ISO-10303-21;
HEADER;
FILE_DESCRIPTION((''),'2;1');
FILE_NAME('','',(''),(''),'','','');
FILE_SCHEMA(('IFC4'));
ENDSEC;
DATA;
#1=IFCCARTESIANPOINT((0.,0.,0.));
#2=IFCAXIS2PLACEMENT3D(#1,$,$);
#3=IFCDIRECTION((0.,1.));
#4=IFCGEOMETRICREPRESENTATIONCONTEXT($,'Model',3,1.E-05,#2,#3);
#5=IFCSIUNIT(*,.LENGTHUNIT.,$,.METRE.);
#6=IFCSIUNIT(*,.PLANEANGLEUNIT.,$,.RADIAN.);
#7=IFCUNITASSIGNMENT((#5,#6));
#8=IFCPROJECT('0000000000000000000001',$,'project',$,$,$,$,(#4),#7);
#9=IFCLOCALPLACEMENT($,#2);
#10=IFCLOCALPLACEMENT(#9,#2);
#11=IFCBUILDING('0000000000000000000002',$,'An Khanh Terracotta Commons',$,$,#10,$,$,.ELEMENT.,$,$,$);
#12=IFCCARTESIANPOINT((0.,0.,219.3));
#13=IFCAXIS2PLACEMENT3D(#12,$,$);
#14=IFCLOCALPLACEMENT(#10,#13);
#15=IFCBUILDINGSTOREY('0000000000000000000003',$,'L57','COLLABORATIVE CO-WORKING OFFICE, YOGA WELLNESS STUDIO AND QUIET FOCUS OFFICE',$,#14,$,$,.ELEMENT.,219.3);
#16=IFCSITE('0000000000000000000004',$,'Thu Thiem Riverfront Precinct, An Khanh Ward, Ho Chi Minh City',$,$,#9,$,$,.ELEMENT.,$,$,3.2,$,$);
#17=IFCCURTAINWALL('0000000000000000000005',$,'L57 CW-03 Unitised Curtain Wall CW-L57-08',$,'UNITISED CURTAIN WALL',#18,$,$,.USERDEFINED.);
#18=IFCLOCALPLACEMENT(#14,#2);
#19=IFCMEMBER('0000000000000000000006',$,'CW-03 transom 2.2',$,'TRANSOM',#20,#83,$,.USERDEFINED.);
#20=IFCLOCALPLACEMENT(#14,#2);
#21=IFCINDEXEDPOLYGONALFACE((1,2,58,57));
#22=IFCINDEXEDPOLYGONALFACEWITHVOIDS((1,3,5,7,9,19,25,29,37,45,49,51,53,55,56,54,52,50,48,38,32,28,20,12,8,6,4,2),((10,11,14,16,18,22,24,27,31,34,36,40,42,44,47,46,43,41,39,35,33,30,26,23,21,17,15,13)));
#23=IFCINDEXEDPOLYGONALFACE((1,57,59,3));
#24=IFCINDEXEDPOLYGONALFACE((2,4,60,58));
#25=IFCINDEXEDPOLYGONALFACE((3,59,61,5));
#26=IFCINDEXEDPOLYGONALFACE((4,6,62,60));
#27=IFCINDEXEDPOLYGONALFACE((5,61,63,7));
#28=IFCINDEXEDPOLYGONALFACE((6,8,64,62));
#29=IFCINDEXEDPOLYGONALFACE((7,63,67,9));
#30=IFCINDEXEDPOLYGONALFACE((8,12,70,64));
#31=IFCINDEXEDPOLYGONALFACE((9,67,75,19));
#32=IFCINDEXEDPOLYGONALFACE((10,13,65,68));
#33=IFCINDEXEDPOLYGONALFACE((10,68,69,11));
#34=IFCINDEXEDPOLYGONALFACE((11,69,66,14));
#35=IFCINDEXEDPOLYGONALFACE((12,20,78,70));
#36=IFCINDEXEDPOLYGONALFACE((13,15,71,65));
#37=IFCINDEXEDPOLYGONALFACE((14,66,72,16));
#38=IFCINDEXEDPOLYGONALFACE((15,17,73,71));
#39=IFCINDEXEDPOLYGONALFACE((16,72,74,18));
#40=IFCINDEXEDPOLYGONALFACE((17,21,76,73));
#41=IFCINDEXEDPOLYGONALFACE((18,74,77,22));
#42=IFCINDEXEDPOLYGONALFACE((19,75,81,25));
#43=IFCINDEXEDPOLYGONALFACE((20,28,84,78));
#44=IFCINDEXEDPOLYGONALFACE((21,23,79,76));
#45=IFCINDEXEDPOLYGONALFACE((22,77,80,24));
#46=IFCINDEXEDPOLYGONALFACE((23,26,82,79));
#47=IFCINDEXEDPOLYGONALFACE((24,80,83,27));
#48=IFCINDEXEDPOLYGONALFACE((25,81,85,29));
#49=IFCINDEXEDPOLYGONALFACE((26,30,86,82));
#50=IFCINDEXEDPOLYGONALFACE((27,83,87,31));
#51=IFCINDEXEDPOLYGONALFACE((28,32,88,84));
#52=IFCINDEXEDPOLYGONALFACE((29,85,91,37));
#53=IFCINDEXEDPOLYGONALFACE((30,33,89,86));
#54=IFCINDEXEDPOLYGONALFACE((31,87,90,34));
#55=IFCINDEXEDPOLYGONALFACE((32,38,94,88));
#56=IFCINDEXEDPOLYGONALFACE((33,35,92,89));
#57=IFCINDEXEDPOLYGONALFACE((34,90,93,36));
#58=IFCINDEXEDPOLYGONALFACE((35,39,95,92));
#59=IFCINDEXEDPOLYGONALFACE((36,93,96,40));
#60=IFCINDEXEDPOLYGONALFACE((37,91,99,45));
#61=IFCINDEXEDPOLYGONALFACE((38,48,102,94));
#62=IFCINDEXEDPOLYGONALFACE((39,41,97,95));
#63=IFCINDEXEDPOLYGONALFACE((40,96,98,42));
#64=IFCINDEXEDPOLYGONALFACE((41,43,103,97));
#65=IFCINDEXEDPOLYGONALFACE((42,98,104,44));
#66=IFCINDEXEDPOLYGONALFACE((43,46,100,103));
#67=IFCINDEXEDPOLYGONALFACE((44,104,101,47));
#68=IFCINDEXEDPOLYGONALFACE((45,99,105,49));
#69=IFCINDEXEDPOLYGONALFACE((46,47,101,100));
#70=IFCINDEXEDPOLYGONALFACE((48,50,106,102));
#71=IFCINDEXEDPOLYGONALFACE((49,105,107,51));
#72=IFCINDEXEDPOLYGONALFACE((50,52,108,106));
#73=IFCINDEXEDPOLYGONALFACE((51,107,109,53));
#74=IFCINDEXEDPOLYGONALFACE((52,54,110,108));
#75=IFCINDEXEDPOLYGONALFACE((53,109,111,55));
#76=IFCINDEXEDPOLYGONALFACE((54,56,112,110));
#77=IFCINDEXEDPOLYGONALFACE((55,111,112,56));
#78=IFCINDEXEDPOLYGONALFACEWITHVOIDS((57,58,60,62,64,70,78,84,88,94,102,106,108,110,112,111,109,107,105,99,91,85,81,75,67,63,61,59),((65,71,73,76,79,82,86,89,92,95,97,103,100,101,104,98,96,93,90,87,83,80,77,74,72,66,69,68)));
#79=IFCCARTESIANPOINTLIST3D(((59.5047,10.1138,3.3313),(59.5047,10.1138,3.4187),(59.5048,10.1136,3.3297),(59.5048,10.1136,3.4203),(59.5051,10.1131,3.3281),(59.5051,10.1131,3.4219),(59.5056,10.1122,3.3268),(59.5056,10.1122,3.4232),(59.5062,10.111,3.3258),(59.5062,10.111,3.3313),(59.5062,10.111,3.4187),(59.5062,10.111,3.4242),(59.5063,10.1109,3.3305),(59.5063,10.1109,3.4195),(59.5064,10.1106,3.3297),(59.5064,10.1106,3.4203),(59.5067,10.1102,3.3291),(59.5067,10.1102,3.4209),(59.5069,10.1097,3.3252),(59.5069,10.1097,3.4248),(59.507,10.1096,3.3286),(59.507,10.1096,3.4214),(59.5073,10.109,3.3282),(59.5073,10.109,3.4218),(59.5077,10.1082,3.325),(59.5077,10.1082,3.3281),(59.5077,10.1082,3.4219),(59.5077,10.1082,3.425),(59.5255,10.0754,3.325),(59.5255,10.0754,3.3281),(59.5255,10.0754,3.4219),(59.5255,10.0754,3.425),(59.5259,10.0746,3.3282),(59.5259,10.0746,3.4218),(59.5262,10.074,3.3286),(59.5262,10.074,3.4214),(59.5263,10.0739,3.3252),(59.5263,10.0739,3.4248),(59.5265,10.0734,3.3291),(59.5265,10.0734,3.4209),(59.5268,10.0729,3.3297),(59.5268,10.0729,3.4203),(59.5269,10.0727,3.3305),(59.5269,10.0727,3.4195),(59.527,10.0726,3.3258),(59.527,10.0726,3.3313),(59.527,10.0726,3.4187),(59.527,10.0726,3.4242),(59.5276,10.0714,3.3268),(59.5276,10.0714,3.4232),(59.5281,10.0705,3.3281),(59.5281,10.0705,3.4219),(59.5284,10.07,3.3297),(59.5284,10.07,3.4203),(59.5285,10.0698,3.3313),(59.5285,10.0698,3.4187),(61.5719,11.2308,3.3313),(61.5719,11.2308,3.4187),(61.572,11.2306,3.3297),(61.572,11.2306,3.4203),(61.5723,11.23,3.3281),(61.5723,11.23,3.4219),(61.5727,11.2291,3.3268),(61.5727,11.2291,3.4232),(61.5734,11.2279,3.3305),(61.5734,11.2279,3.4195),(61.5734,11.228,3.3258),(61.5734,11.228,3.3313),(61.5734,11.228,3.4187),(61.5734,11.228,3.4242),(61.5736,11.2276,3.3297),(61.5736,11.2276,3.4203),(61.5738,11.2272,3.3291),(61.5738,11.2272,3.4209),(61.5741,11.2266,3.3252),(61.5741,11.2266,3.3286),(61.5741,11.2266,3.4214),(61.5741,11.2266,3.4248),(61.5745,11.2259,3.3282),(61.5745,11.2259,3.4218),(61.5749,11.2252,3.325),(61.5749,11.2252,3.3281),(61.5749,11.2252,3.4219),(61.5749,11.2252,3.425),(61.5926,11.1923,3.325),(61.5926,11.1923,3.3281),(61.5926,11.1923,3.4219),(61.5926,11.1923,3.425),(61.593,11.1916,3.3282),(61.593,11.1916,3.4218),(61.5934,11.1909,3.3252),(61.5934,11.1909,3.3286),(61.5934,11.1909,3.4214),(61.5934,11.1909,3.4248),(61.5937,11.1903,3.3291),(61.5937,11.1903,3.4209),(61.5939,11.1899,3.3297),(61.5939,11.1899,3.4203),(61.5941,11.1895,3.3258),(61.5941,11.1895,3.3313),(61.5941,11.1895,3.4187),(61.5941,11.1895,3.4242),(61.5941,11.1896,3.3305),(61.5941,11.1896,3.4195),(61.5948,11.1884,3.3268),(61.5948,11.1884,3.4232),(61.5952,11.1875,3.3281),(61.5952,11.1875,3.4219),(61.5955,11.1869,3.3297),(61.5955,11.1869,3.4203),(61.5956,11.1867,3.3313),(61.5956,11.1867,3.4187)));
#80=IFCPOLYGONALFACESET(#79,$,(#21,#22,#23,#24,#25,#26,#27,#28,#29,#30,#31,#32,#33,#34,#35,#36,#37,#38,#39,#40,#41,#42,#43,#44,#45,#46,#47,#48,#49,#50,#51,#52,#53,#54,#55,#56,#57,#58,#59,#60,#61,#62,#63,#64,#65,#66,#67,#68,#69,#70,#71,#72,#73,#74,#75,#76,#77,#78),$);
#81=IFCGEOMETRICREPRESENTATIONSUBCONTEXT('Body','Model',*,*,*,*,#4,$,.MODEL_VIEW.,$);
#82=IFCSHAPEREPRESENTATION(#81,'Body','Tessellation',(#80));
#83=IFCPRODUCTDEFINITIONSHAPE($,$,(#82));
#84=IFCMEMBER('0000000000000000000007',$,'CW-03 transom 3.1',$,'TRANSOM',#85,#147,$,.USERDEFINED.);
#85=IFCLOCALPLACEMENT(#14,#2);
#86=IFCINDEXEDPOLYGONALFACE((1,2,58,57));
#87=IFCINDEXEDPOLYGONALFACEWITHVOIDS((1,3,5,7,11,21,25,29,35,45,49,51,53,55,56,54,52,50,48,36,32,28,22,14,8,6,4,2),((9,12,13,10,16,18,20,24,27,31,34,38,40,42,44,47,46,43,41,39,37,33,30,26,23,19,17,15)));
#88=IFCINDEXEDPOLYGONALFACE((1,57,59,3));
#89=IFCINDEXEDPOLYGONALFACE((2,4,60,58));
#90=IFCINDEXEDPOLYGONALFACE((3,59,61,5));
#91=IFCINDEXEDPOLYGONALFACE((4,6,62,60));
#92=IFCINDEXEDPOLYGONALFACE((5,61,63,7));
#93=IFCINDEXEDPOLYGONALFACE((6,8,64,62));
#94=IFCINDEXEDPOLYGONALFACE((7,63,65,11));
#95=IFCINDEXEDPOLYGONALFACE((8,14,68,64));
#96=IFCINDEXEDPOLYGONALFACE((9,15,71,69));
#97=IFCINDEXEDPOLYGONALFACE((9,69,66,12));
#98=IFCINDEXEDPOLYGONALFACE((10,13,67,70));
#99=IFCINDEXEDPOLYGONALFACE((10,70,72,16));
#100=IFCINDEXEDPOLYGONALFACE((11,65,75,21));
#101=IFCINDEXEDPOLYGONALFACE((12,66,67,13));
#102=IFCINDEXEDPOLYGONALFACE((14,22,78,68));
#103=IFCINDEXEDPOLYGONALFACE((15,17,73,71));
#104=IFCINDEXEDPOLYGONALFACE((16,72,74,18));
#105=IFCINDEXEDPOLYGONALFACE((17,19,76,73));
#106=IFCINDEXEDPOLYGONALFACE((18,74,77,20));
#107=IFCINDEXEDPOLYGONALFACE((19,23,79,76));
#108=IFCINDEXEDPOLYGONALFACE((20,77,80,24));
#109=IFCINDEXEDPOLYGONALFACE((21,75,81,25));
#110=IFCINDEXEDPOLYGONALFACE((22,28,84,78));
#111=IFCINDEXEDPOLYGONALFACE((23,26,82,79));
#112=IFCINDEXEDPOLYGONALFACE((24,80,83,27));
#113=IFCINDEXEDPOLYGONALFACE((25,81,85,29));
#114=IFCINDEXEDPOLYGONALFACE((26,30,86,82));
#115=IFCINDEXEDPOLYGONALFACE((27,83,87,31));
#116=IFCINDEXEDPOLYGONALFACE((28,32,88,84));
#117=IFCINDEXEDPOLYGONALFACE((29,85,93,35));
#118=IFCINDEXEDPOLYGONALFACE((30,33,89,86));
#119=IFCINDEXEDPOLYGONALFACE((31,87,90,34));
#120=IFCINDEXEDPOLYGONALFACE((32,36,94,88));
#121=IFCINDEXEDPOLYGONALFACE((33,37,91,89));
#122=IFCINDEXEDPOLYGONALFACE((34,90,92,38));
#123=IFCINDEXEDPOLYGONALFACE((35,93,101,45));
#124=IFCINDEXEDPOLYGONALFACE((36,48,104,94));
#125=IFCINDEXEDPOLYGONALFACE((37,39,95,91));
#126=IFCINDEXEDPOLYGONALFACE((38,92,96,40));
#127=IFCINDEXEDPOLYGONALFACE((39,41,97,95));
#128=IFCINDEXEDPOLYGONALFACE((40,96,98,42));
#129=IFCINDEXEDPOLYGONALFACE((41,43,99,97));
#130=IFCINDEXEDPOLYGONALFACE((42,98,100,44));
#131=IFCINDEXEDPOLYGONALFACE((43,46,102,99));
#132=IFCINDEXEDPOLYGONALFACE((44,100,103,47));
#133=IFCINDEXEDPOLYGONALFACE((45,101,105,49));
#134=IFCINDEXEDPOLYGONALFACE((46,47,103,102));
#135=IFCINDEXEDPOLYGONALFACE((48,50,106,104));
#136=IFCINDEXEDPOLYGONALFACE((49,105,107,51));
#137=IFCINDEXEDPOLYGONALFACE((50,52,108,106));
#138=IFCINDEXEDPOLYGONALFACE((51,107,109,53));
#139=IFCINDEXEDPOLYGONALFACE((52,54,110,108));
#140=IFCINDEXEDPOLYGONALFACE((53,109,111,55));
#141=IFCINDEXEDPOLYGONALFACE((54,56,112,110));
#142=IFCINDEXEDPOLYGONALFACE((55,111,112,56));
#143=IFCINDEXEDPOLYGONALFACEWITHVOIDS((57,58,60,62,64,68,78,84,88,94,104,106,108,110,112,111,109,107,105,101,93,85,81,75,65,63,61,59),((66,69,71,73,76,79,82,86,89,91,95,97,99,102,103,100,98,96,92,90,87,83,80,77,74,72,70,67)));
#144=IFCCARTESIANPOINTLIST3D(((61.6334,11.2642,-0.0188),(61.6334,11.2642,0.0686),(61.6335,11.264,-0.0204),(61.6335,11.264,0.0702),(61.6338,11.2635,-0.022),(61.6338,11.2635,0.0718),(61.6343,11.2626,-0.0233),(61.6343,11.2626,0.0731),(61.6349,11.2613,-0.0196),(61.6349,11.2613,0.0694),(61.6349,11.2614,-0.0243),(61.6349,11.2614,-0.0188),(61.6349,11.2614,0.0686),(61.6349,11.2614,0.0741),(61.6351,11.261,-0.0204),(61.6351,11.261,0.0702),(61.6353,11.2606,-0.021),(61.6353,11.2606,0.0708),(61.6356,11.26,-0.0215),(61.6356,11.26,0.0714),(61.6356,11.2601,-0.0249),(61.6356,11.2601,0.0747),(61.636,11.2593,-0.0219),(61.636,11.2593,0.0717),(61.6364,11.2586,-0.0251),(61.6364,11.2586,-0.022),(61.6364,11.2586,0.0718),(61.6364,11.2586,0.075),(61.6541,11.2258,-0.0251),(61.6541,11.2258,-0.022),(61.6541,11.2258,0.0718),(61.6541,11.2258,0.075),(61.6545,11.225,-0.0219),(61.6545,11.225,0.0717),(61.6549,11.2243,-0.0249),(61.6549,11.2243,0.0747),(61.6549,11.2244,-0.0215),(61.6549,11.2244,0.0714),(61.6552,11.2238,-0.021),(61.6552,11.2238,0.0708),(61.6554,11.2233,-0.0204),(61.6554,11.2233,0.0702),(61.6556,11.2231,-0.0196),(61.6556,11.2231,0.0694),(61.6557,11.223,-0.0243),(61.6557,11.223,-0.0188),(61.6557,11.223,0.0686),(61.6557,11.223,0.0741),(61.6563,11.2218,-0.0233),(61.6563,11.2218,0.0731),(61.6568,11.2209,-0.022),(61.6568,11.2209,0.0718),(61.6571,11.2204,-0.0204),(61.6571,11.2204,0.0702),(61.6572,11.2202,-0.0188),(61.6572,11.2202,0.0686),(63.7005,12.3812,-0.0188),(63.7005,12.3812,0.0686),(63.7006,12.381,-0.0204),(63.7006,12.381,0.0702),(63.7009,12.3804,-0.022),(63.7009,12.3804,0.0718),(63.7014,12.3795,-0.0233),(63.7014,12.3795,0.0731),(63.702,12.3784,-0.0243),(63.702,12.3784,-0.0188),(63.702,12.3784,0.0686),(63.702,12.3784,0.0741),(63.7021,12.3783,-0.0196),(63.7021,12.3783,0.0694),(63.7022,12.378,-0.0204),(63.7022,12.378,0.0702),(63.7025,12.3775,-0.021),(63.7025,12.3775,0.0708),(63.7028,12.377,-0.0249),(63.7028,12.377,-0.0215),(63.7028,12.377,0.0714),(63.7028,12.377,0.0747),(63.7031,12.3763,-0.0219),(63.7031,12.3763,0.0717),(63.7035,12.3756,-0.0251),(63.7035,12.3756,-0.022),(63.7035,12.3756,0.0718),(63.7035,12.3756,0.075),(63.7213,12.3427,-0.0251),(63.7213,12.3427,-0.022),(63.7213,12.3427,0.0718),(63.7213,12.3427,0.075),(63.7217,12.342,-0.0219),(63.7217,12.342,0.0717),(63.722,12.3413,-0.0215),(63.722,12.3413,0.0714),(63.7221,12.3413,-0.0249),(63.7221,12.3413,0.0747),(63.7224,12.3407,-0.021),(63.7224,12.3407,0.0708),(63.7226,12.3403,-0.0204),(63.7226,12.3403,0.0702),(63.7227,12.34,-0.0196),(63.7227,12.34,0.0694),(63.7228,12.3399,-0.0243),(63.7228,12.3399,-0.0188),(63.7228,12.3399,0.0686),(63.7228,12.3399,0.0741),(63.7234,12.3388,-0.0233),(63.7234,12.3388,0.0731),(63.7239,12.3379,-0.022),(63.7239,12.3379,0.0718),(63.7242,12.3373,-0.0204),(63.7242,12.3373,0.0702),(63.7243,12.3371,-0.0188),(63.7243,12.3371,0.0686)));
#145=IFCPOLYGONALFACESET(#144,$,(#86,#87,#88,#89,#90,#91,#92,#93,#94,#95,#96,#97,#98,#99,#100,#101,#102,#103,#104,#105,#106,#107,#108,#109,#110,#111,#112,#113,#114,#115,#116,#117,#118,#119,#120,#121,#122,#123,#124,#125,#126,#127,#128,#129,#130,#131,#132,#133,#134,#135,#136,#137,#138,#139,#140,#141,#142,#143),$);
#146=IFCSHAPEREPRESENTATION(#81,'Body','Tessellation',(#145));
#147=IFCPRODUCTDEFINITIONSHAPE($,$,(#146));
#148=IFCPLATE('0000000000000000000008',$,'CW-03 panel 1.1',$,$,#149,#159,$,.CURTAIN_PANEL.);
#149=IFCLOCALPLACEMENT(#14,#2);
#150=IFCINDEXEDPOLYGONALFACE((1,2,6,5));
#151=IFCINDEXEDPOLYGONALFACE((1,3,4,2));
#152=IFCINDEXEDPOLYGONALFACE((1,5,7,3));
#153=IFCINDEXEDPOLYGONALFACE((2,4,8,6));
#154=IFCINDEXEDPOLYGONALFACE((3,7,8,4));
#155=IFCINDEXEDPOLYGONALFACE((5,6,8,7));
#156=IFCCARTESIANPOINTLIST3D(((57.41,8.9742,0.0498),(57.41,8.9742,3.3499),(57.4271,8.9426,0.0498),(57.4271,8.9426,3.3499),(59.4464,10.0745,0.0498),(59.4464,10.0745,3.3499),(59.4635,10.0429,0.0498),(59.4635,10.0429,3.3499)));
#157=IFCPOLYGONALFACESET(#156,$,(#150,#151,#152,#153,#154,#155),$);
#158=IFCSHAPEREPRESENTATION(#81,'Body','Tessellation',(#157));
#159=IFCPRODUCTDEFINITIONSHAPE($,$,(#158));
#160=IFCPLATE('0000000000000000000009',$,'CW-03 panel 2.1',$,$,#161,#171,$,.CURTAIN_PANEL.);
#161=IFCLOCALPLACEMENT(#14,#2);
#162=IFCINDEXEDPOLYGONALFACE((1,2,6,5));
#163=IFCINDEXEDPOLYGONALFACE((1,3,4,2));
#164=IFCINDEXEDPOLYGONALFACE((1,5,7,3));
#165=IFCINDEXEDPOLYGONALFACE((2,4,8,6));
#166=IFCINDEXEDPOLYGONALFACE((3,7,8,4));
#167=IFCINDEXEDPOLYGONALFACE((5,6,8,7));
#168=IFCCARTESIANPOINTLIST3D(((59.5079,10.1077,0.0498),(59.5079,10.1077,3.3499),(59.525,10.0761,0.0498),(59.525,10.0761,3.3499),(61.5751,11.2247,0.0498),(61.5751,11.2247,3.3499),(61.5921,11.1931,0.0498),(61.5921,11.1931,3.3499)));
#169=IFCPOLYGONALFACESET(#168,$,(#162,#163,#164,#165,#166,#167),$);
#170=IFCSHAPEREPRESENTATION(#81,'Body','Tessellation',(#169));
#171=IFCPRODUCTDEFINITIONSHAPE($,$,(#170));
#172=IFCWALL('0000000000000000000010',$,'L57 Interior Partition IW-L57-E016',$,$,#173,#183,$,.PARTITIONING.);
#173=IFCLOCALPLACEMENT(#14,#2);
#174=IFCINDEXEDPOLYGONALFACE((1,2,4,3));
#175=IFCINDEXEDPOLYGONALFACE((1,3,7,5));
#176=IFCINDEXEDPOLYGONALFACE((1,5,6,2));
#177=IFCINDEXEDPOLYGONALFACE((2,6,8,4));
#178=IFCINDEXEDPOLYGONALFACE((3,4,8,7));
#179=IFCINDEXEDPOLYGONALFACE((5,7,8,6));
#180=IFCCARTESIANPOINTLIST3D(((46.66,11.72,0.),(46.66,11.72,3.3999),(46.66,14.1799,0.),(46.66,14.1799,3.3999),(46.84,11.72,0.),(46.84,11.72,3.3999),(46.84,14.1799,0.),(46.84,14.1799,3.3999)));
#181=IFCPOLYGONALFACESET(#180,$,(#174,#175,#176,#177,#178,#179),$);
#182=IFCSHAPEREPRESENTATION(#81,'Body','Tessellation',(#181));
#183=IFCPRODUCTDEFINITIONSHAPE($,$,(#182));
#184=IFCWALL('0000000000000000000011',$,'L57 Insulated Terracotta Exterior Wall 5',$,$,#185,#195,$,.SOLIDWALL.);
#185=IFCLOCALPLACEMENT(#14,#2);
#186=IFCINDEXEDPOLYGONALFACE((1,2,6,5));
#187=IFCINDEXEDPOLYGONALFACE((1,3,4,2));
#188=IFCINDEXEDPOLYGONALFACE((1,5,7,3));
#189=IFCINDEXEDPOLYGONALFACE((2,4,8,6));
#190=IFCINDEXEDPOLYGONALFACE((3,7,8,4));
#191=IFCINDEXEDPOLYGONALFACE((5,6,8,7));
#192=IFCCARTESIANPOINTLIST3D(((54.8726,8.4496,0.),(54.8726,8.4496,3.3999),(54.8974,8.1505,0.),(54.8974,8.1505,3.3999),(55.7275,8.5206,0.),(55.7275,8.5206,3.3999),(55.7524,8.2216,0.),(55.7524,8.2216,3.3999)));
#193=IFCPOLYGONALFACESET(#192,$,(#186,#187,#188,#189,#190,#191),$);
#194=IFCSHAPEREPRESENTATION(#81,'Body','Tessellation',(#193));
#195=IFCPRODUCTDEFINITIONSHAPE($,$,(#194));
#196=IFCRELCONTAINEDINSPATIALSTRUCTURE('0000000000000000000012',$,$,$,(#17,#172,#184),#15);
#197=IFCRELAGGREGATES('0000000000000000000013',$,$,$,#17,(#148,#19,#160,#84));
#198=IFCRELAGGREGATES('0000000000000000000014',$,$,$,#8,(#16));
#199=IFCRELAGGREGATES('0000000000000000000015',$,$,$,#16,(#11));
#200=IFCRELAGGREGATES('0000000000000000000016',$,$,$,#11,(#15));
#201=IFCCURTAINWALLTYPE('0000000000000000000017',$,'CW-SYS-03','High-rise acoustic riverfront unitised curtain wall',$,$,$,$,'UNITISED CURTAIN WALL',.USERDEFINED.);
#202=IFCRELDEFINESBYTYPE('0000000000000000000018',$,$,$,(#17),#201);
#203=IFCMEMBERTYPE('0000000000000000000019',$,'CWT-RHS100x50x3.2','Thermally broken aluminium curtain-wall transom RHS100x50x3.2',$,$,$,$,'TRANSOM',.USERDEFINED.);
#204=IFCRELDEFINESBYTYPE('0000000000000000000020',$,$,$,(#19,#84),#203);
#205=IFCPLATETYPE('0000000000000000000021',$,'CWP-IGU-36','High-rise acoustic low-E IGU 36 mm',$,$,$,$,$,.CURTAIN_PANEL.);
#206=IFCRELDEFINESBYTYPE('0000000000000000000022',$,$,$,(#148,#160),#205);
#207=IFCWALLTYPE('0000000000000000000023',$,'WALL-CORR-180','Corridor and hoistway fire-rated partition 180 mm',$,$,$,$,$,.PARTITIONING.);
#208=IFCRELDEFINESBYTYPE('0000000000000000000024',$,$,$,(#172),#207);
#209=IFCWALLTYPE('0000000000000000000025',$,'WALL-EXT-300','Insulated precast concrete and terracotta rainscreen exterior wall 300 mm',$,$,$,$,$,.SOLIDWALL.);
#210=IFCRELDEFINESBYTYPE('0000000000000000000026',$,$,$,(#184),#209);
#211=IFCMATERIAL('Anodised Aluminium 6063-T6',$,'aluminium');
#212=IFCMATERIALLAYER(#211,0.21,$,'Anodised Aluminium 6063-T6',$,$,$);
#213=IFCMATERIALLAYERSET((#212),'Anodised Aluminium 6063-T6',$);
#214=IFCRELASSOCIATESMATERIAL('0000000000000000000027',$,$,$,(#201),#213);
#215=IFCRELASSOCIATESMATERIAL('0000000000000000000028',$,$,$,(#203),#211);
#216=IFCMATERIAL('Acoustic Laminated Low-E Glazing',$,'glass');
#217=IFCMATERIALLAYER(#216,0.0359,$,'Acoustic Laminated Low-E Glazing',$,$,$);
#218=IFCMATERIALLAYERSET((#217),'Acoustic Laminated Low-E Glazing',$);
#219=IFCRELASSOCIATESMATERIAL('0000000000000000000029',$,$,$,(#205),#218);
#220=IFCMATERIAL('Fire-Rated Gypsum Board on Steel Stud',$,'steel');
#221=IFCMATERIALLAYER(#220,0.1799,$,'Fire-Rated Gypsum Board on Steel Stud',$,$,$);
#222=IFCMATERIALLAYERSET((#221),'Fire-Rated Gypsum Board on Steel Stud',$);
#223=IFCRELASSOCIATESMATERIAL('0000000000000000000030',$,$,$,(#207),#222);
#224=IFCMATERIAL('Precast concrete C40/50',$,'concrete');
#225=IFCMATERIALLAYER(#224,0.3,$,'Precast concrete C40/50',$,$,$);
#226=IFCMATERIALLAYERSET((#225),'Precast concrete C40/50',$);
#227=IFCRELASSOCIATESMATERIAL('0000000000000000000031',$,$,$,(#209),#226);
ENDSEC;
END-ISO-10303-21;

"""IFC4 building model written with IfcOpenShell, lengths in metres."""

from ifc_helpers import new_model, si_unit, direction, frame, frame_2d, origin, origin_2d, place, context, subcontext, project, spatial, rectangle, hollow_rectangle, extrude, material, layer, layer_set, material_profile, profile_set, type_object, element, aggregate, save


model = new_model("IFC4")

# Units and contexts
model_context = context("Model", 3, precision=1e-05, world=origin(), true_north=direction((0.0, 1.0)))
body_context = subcontext(model_context, "Body", "Model", "MODEL_VIEW")
ifc_project = project(units=[si_unit("LENGTHUNIT", "METRE"), si_unit("PLANEANGLEUNIT", "RADIAN")], contexts=[model_context])

# Site, building, storey
site_placement = place(None, origin())
site = spatial("IfcSite", under=ifc_project, at=site_placement, Name="Thu Thiem Riverfront Precinct, An Khanh Ward, Ho Chi Minh City", CompositionType="ELEMENT", RefElevation=3.2)
building_placement = place(site_placement, origin())
building = spatial("IfcBuilding", under=site, at=building_placement, Name="An Khanh Terracotta Commons", CompositionType="ELEMENT")
storey_placement = place(building_placement, frame((0.0, 0.0, 219.3)))
storey = spatial("IfcBuildingStorey", under=building, at=storey_placement, Name="L57", Description="COLLABORATIVE CO-WORKING OFFICE, YOGA WELLNESS STUDIO AND QUIET FOCUS OFFICE", CompositionType="ELEMENT", Elevation=219.3)

# Curtain wall, members, plates
ifc_material_1 = material(Name="Anodised Aluminium 6063-T6", Category="aluminium")
ifc_layer_1 = layer(ifc_material_1, 0.21, Name="Anodised Aluminium 6063-T6")
ifc_layer_set_1 = layer_set([ifc_layer_1], Name="Anodised Aluminium 6063-T6")
curtain_wall_type = type_object("IfcCurtainWallType", Name="CW-SYS-03", Description="High-rise acoustic riverfront unitised curtain wall", ElementType="UNITISED CURTAIN WALL", PredefinedType="USERDEFINED", material=ifc_layer_set_1)
curtain_wall_placement = place(storey_placement, origin())
curtain_wall = element("IfcCurtainWall", 1, at=curtain_wall_placement, inside=storey, type_object=curtain_wall_type, Name="L57 CW-03 Unitised Curtain Wall CW-L57-08", ObjectType="UNITISED CURTAIN WALL", PredefinedType="USERDEFINED")
ifc_material_profile_1 = material_profile(ifc_material_1, hollow_rectangle(XDim=0.05, YDim=0.1001, WallThickness=0.0032, InnerFilletRadius=0.0032, OuterFilletRadius=0.0063, at=origin_2d()), Name="RHS100x50x3.2")
ifc_profile_set_1 = profile_set([ifc_material_profile_1], Name="Anodised Aluminium 6063-T6")
member_type_1 = type_object("IfcMemberType", Name="CWT-RHS100x50x3.2", Description="Thermally broken aluminium curtain-wall transom RHS100x50x3.2", ElementType="TRANSOM", PredefinedType="USERDEFINED", material=ifc_profile_set_1)
member_1_placement = place(storey_placement, frame((59.5166, 10.0918, 3.375), z_axis=(0.879783, 0.475376, 0.0), x_axis=(-0.475376, 0.879783, 0.0)))
member_1 = element("IfcMember", 2, at=member_1_placement, type_object=member_type_1, Name="CW-03 transom 2.2", ObjectType="TRANSOM", PredefinedType="USERDEFINED", context=body_context, shape_type="SweptSolid", body=[
    extrude(hollow_rectangle(XDim=0.05, YDim=0.1001, WallThickness=0.0032, InnerFilletRadius=0.0032, OuterFilletRadius=0.0063, at=origin_2d()), origin(), (0.0, 0.0, 1.0), 2.3496),
])
member_2_placement = place(storey_placement, frame((61.6453, 11.2422, 0.0249), z_axis=(0.879783, 0.475376, 0.0), x_axis=(-0.475376, 0.879783, 0.0)))
member_2 = element("IfcMember", 3, at=member_2_placement, type_object=member_type_1, Name="CW-03 transom 3.1", ObjectType="TRANSOM", PredefinedType="USERDEFINED", context=body_context, shape_type="SweptSolid", body=[
    extrude(hollow_rectangle(XDim=0.05, YDim=0.1001, WallThickness=0.0032, InnerFilletRadius=0.0032, OuterFilletRadius=0.0063, at=origin_2d()), origin(), (0.0, 0.0, 1.0), 2.3496),
])
ifc_material_2 = material(Name="Acoustic Laminated Low-E Glazing", Category="glass")
ifc_layer_2 = layer(ifc_material_2, 0.0359, Name="Acoustic Laminated Low-E Glazing")
ifc_layer_set_2 = layer_set([ifc_layer_2], Name="Acoustic Laminated Low-E Glazing")
plate_type = type_object("IfcPlateType", Name="CWP-IGU-36", Description="High-rise acoustic low-E IGU 36 mm", PredefinedType="CURTAIN_PANEL", material=ifc_layer_set_2)
plate_1_placement = place(storey_placement, frame((58.4368, 9.5085, 0.0498), z_axis=(0.0, 0.0, 1.0), x_axis=(0.87978, 0.475381, 0.0)))
plate_1 = element("IfcPlate", 4, at=plate_1_placement, type_object=plate_type, Name="CW-03 panel 1.1", PredefinedType="CURTAIN_PANEL", context=body_context, shape_type="SweptSolid", body=[
    extrude(rectangle(XDim=2.3147, YDim=0.0359, at=origin_2d()), origin(), (0.0, 0.0, 1.0), 3.3),
])
plate_2_placement = place(storey_placement, frame((60.55, 10.6504, 0.0498), z_axis=(0.0, 0.0, 1.0), x_axis=(0.87978, 0.475381, 0.0)))
plate_2 = element("IfcPlate", 5, at=plate_2_placement, type_object=plate_type, Name="CW-03 panel 2.1", PredefinedType="CURTAIN_PANEL", context=body_context, shape_type="SweptSolid", body=[
    extrude(rectangle(XDim=2.3496, YDim=0.0359, at=origin_2d()), origin(), (0.0, 0.0, 1.0), 3.3),
])
aggregate(curtain_wall, [plate_1, member_1, plate_2, member_2])

# Walls
ifc_material_3 = material(Name="Fire-Rated Gypsum Board on Steel Stud", Category="steel")
ifc_layer_3 = layer(ifc_material_3, 0.1799, Name="Fire-Rated Gypsum Board on Steel Stud")
ifc_layer_set_3 = layer_set([ifc_layer_3], Name="Fire-Rated Gypsum Board on Steel Stud")
wall_type_1 = type_object("IfcWallType", Name="WALL-CORR-180", Description="Corridor and hoistway fire-rated partition 180 mm", PredefinedType="PARTITIONING", material=ifc_layer_set_3)
wall_1_placement = place(storey_placement, frame((46.75, 11.72, 0.0), z_axis=(0.0, 0.0, 1.0), x_axis=(0.0, 1.0, 0.0)))
element("IfcWall", 6, at=wall_1_placement, inside=storey, type_object=wall_type_1, Name="L57 Interior Partition IW-L57-E016", PredefinedType="PARTITIONING", context=body_context, shape_type="SweptSolid", body=[
    extrude(rectangle(XDim=2.46, YDim=0.1799, at=frame_2d((1.23, 0.0))), origin(), (0.0, 0.0, 1.0), 3.3999),
])
ifc_material_4 = material(Name="Precast concrete C40/50", Category="concrete")
ifc_layer_4 = layer(ifc_material_4, 0.3, Name="Precast concrete C40/50")
ifc_layer_set_4 = layer_set([ifc_layer_4], Name="Precast concrete C40/50")
wall_type_2 = type_object("IfcWallType", Name="WALL-EXT-300", Description="Insulated precast concrete and terracotta rainscreen exterior wall 300 mm", PredefinedType="SOLIDWALL", material=ifc_layer_set_4)
wall_2_placement = place(storey_placement, frame((54.885, 8.3, 0.0), z_axis=(0.0, 0.0, 1.0), x_axis=(0.996565, 0.08281, 0.0)))
element("IfcWall", 7, at=wall_2_placement, inside=storey, type_object=wall_type_2, Name="L57 Insulated Terracotta Exterior Wall 5", PredefinedType="SOLIDWALL", context=body_context, shape_type="SweptSolid", body=[
    extrude(rectangle(XDim=0.8579, YDim=0.3, at=frame_2d((0.429, 0.0))), origin(), (0.0, 0.0, 1.0), 3.3999),
])

save(model, "model.ifc")
